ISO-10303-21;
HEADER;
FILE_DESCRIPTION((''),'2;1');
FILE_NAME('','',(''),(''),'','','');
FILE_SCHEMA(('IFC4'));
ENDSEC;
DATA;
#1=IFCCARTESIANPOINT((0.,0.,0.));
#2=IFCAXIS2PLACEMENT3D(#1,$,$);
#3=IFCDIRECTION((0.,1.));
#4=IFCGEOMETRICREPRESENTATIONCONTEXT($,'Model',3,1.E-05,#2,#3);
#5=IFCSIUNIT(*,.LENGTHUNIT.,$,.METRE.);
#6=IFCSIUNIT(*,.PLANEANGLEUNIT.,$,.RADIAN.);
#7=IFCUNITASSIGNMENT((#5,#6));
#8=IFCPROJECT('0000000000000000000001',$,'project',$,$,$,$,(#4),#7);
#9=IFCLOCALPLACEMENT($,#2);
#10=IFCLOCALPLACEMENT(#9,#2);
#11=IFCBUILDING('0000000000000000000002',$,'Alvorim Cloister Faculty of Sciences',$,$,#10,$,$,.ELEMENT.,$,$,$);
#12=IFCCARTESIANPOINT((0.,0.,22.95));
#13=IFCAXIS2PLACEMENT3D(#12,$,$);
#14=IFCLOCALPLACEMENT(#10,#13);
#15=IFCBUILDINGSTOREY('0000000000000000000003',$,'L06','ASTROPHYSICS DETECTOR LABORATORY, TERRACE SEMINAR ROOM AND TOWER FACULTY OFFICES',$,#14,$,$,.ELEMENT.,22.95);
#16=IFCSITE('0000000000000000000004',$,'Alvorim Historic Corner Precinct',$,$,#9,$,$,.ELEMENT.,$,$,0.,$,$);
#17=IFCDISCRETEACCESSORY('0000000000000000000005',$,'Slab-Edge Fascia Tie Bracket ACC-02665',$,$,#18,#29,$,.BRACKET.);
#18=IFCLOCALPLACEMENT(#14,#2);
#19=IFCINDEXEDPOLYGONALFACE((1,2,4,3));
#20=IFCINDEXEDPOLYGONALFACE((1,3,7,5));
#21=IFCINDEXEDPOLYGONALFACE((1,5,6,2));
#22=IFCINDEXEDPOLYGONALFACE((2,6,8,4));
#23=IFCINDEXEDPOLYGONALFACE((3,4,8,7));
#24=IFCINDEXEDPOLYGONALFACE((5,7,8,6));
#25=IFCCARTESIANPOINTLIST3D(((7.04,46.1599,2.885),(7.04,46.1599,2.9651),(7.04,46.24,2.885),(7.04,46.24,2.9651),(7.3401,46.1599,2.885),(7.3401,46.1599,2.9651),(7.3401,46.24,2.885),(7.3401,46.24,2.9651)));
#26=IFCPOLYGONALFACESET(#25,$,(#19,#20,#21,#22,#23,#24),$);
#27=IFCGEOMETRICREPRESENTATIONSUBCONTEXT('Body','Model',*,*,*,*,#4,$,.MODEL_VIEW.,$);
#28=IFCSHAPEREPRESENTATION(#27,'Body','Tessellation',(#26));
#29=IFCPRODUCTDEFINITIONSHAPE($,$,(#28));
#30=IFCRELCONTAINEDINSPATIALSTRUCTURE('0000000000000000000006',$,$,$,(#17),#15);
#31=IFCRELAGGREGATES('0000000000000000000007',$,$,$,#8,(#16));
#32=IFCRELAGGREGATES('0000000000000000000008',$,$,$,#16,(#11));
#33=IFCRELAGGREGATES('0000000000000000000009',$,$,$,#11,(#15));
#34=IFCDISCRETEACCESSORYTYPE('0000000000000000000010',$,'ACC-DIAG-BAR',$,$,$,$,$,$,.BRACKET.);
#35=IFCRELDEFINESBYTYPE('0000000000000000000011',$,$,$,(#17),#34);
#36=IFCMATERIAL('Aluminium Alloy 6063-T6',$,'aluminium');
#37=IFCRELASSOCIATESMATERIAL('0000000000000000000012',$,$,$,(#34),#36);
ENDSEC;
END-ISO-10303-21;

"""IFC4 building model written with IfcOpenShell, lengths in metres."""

from ifc_helpers import new_model, si_unit, direction, frame, origin, origin_2d, place, context, subcontext, project, spatial, rectangle, extrude, material, type_object, element, save


model = new_model("IFC4")

# Units and contexts
model_context = context("Model", 3, precision=1e-05, world=origin(), true_north=direction((0.0, 1.0)))
body_context = subcontext(model_context, "Body", "Model", "MODEL_VIEW")
ifc_project = project(units=[si_unit("LENGTHUNIT", "METRE"), si_unit("PLANEANGLEUNIT", "RADIAN")], contexts=[model_context])

# Site, building, storey
site_placement = place(None, origin())
site = spatial("IfcSite", under=ifc_project, at=site_placement, Name="Alvorim Historic Corner Precinct", CompositionType="ELEMENT", RefElevation=0.0)
building_placement = place(site_placement, origin())
building = spatial("IfcBuilding", under=site, at=building_placement, Name="Alvorim Cloister Faculty of Sciences", CompositionType="ELEMENT")
storey_placement = place(building_placement, frame((0.0, 0.0, 22.95)))
storey = spatial("IfcBuildingStorey", under=building, at=storey_placement, Name="L06", Description="ASTROPHYSICS DETECTOR LABORATORY, TERRACE SEMINAR ROOM AND TOWER FACULTY OFFICES", CompositionType="ELEMENT", Elevation=22.95)

# Shared definitions
ifc_material_1 = material(Name="Aluminium Alloy 6063-T6", Category="aluminium")

# Discrete accessory
discrete_accessory_type = type_object("IfcDiscreteAccessoryType", Name="ACC-DIAG-BAR", PredefinedType="BRACKET", material=ifc_material_1)
discrete_accessory_placement = place(storey_placement, frame((7.3401, 46.2, 2.925), z_axis=(-1.0, 0.0, 0.0), x_axis=(0.0, -1.0, 0.0)))
element("IfcDiscreteAccessory", 1, at=discrete_accessory_placement, inside=storey, type_object=discrete_accessory_type, Name="Slab-Edge Fascia Tie Bracket ACC-02665", PredefinedType="BRACKET", context=body_context, shape_type="SweptSolid", body=[
    extrude(rectangle(XDim=0.0801, YDim=0.0801, at=origin_2d()), origin(), (0.0, 0.0, 1.0), 0.3),
])

save(model, "model.ifc")
